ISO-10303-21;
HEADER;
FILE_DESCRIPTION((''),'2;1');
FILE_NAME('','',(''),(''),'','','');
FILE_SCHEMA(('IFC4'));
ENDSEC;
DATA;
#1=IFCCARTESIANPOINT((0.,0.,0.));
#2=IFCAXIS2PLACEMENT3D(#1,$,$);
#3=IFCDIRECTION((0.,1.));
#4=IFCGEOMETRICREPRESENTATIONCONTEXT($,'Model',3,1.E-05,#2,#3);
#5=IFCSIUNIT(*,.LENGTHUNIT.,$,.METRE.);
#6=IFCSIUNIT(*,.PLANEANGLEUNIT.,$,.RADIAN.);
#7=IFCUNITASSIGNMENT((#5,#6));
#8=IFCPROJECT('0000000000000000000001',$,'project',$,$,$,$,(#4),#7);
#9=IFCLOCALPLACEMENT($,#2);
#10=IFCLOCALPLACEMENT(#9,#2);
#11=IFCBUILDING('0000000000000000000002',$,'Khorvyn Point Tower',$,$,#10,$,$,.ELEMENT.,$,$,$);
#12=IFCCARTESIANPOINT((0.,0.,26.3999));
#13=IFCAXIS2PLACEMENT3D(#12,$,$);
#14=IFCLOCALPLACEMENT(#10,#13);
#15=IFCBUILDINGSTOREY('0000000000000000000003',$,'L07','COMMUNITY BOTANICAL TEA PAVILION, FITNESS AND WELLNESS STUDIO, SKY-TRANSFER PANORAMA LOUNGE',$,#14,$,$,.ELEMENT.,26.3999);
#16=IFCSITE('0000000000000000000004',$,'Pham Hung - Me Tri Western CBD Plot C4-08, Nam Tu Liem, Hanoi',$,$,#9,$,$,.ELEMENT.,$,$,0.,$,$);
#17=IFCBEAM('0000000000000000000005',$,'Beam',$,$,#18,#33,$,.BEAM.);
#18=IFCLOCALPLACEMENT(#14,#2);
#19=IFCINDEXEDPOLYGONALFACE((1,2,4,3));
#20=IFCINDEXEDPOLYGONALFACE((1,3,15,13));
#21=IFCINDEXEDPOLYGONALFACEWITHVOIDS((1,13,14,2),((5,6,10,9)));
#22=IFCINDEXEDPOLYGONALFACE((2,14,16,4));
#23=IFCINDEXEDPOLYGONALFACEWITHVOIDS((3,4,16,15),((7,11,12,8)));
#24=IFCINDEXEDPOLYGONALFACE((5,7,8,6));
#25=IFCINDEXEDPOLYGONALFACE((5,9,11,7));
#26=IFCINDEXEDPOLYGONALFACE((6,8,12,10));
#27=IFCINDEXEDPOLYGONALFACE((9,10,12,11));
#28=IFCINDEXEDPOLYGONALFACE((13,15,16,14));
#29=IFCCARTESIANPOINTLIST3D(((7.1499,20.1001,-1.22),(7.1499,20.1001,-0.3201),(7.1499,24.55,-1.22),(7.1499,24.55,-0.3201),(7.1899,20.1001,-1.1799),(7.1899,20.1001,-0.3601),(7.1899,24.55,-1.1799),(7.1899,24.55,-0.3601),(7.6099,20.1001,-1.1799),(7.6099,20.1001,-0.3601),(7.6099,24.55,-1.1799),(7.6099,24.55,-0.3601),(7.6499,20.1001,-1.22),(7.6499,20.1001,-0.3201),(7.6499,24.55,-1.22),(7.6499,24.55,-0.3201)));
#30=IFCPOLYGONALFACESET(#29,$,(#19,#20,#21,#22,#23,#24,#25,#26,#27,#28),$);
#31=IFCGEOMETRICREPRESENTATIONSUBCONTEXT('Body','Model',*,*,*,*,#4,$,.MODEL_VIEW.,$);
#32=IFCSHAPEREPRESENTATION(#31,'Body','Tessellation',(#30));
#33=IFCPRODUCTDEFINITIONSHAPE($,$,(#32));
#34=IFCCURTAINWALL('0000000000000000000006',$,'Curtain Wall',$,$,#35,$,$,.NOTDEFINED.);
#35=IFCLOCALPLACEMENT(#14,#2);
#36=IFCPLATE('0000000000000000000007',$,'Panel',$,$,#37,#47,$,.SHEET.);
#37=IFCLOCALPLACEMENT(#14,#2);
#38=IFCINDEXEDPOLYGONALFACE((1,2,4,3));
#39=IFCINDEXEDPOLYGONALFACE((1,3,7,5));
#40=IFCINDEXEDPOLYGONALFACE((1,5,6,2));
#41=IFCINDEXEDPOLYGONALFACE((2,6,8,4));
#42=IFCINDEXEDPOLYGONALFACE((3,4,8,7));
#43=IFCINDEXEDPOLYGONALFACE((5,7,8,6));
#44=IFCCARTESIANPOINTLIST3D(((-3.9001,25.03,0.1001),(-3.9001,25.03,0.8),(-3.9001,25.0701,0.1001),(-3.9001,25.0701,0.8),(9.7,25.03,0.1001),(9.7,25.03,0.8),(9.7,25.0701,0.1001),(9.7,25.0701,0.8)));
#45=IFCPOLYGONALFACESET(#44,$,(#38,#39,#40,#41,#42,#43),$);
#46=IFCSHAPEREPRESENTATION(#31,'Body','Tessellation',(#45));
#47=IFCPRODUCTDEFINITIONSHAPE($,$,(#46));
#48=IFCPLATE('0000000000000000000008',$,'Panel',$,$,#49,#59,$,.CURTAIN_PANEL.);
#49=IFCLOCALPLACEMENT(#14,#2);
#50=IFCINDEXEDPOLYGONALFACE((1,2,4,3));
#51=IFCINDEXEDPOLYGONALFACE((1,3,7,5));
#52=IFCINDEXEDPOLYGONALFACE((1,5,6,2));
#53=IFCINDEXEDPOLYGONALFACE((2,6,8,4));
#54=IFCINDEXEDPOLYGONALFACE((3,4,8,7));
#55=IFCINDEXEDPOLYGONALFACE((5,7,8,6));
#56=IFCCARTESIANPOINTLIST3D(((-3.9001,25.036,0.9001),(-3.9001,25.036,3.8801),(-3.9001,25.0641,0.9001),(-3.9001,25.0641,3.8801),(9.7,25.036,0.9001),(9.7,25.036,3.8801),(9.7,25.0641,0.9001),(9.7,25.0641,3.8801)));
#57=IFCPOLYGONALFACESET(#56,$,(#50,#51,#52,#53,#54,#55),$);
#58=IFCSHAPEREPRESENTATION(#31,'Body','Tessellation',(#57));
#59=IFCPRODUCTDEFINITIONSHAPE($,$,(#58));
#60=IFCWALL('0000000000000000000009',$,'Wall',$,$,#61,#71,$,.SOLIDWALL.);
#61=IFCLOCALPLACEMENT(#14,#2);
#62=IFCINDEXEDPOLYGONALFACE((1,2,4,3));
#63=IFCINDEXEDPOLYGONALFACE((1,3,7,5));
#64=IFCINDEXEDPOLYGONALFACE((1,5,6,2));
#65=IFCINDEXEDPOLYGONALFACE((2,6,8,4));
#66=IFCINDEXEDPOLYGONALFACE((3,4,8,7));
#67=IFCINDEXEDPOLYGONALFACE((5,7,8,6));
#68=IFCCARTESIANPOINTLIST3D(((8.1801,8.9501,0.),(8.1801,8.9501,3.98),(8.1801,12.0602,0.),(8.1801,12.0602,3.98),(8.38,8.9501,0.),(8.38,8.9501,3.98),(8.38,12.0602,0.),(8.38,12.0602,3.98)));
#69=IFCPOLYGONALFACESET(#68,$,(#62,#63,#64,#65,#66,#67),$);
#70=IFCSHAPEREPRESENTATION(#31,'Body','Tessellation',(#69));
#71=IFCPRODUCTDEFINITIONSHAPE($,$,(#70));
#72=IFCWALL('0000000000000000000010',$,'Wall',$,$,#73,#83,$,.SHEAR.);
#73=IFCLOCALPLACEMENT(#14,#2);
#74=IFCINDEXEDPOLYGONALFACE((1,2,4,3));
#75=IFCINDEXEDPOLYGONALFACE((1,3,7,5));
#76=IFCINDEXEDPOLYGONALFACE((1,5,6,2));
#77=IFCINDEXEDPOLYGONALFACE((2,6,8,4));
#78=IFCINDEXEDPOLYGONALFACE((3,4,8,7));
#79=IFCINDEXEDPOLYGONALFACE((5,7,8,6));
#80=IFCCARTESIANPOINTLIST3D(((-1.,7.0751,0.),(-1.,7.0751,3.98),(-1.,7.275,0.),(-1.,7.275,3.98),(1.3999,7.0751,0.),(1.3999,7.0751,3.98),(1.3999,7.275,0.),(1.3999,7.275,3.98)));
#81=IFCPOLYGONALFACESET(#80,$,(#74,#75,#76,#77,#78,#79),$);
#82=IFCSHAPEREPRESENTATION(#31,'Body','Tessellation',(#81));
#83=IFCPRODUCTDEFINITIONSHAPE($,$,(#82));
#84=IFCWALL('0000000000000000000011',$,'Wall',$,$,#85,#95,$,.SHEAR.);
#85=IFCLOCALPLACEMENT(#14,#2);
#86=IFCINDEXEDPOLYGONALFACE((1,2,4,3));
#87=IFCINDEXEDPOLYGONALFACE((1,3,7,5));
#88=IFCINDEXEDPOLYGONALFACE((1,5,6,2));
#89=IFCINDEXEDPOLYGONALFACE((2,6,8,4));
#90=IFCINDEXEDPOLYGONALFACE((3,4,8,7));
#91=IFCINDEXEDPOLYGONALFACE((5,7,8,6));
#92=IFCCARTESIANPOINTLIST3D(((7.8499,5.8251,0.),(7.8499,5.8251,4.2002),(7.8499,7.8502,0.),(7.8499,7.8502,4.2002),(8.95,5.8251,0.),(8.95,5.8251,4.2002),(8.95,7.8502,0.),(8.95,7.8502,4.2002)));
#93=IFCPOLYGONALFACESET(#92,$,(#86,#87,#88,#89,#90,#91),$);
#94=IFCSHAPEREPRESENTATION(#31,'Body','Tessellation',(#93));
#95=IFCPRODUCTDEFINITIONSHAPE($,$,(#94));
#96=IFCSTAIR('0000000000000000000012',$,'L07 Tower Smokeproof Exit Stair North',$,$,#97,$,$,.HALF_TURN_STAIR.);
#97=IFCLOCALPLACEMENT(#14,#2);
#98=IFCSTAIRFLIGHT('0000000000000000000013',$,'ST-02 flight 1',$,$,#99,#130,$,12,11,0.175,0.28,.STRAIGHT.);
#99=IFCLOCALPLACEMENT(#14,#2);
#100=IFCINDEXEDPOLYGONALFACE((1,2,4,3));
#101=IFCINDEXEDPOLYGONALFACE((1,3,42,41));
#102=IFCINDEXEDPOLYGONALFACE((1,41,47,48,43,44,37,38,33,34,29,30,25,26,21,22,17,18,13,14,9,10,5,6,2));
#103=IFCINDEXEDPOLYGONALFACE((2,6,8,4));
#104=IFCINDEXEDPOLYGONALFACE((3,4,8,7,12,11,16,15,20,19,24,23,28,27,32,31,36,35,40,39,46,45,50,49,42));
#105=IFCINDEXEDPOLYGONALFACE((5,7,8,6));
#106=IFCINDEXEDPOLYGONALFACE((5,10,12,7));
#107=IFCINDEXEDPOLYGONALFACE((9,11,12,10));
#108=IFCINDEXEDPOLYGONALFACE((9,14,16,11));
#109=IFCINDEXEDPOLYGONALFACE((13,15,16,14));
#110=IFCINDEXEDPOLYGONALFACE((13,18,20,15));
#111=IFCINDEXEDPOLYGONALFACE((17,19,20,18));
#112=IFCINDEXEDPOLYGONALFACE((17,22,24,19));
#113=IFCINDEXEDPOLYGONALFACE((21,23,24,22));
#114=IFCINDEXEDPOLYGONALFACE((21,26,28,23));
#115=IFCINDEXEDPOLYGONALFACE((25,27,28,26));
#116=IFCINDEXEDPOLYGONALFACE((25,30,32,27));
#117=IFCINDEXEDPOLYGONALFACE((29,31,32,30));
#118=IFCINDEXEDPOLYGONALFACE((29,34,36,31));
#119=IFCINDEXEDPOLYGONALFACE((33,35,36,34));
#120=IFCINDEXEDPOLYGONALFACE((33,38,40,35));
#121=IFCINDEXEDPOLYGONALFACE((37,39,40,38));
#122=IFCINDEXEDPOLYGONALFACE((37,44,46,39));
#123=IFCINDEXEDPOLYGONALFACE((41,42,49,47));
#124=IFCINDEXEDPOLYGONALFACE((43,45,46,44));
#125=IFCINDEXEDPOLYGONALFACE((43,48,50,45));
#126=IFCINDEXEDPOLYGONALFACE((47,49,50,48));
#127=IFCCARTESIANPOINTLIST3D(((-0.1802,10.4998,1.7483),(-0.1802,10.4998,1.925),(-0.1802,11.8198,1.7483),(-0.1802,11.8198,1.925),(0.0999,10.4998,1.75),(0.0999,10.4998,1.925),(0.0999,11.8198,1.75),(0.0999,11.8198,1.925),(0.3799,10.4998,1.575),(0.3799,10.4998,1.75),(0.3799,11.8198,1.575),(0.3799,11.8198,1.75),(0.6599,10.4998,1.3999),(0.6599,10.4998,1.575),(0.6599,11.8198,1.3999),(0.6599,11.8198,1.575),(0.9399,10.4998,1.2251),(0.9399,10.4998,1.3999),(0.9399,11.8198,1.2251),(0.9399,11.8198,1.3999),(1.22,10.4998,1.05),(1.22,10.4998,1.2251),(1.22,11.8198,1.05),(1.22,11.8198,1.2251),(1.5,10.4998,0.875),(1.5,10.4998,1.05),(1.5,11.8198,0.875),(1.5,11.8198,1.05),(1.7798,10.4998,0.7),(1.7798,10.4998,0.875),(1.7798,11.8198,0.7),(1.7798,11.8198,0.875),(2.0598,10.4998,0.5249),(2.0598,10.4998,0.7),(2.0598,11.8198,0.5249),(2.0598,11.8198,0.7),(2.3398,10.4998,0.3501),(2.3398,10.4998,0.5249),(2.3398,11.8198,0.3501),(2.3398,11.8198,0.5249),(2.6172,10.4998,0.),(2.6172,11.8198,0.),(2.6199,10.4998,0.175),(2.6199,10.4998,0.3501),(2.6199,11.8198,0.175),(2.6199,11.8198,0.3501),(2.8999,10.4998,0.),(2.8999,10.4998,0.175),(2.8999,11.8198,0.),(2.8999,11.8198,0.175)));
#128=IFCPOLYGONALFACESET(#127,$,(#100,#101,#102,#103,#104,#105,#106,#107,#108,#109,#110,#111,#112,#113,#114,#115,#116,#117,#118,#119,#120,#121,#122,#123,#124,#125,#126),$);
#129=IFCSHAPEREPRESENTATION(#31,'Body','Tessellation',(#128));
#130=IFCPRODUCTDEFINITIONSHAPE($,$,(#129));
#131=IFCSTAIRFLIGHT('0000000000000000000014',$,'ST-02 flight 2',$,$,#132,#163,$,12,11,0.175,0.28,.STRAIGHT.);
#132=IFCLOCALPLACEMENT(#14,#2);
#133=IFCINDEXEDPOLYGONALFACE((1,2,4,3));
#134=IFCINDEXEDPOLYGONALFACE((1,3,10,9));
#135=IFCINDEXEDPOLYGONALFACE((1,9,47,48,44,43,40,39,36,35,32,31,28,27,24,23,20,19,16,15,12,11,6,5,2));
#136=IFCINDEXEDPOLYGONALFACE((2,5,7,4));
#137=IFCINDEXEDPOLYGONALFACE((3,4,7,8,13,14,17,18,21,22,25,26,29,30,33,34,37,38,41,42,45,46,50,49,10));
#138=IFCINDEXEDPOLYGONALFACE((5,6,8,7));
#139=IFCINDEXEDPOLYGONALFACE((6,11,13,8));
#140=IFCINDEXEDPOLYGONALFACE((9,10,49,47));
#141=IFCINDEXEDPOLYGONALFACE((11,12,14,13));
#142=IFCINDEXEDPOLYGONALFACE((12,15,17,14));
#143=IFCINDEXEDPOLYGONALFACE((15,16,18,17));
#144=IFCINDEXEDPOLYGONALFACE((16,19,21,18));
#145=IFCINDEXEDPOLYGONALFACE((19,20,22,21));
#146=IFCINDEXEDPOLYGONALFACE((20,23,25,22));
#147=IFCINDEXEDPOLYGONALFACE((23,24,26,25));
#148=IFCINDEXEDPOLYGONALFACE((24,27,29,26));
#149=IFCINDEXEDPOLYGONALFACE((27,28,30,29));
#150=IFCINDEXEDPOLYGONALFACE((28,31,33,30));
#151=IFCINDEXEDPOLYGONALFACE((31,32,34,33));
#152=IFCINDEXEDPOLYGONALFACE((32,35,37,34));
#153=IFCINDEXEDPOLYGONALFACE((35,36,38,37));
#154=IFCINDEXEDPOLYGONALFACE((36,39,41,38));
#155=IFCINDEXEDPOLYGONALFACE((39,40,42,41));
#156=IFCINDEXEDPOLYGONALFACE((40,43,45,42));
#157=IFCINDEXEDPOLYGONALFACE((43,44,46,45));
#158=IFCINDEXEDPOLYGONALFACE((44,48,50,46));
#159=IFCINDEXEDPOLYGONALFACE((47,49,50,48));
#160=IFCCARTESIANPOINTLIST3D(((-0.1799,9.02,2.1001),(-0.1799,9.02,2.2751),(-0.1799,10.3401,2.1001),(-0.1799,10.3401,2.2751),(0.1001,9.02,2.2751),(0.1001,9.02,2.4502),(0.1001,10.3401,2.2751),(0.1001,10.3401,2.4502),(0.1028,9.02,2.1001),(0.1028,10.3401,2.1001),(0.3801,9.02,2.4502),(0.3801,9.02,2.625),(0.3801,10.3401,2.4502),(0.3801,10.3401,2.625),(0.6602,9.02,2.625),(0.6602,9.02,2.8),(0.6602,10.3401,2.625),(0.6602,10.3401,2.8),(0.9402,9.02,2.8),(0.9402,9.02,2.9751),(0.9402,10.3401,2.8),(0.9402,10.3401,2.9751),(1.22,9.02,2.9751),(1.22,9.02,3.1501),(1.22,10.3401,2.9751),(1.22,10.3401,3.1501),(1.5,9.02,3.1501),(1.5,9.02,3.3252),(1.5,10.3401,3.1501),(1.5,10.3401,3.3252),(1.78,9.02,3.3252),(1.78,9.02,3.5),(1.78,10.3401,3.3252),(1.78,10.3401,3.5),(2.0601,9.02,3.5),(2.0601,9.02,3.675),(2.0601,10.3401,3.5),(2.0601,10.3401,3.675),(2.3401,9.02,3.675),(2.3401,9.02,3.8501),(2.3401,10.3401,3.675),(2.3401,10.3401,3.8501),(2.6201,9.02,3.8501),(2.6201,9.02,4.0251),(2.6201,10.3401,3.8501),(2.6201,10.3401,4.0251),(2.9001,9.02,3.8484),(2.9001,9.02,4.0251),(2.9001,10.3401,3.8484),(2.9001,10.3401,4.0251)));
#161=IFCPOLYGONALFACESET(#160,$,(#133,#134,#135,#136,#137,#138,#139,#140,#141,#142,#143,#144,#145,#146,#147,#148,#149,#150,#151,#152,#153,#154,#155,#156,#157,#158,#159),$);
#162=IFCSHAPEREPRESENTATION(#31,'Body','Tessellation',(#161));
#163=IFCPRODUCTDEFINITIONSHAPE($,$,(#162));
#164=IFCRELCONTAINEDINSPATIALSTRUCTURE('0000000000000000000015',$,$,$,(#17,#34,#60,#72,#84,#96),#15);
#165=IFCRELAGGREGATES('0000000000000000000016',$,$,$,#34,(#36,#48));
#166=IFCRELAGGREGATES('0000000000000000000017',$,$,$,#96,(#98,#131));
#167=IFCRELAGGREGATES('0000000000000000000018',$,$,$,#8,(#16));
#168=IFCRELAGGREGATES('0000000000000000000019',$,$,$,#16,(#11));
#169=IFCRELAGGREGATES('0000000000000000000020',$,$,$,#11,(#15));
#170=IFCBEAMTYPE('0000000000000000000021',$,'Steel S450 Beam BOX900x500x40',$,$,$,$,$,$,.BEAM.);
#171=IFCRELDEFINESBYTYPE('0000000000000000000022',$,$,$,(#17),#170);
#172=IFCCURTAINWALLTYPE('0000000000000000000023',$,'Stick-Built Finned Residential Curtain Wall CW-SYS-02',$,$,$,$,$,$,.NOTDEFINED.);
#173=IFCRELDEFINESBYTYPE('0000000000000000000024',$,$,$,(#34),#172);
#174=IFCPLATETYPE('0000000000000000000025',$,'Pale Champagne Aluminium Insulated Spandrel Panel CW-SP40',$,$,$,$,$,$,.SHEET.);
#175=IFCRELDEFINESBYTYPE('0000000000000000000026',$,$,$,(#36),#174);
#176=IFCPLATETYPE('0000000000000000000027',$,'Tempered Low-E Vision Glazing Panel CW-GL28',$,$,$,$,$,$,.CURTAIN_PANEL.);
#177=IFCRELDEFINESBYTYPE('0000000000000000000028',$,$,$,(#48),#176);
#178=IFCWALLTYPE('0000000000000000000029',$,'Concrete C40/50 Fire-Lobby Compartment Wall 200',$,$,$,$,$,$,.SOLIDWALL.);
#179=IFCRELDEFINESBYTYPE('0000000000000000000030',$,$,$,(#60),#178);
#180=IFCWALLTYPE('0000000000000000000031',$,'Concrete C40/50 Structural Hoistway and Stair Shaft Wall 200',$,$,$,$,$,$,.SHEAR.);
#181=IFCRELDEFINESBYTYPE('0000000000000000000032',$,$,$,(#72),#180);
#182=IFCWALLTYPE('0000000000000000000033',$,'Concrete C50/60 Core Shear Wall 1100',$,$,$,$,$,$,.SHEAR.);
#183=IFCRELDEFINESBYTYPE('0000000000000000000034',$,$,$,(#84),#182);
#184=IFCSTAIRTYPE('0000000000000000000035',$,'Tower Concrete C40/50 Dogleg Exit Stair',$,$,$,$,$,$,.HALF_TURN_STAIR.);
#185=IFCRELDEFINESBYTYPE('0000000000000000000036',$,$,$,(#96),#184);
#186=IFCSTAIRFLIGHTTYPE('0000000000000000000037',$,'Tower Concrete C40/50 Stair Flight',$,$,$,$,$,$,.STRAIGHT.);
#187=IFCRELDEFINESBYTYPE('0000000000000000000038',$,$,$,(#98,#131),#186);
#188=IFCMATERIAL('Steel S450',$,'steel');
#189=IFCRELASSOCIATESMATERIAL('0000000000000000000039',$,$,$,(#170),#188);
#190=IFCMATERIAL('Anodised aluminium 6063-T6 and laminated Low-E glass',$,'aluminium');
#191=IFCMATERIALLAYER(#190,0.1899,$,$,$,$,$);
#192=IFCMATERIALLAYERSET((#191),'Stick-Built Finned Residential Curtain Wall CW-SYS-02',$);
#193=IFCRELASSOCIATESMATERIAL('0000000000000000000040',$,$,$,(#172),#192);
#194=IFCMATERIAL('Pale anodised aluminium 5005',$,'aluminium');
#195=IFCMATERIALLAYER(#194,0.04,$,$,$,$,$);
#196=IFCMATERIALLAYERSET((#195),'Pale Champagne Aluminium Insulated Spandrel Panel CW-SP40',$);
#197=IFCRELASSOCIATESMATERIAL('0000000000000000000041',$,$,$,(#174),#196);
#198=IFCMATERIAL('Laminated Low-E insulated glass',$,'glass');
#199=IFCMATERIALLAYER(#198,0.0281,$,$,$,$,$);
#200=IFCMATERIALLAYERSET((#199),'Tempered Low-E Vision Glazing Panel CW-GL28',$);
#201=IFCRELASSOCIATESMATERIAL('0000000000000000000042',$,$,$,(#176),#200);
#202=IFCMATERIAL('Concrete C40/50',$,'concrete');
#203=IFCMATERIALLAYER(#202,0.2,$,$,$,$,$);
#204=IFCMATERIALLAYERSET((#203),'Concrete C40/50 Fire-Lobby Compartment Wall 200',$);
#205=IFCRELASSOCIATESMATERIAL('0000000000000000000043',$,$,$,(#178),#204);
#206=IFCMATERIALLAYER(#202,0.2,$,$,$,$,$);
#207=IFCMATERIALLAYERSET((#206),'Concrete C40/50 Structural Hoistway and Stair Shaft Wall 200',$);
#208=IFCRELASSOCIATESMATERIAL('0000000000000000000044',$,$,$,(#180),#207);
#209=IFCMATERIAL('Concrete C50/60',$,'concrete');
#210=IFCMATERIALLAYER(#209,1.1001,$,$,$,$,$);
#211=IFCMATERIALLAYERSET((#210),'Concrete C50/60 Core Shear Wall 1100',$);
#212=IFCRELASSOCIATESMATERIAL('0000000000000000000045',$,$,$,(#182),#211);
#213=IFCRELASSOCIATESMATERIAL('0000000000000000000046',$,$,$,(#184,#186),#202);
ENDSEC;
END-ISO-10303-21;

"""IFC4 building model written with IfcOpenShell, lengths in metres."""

from ifc_helpers import new_model, si_unit, direction, frame, frame_2d, origin, origin_2d, place, context, subcontext, project, spatial, polyline, rectangle, hollow_rectangle, outline, extrude, material, layer, layer_set, material_profile, profile_set, type_object, element, aggregate, save


model = new_model("IFC4")

# Units and contexts
model_context = context("Model", 3, precision=1e-05, world=origin(), true_north=direction((0.0, 1.0)))
body_context = subcontext(model_context, "Body", "Model", "MODEL_VIEW")
ifc_project = project(units=[si_unit("LENGTHUNIT", "METRE"), si_unit("PLANEANGLEUNIT", "RADIAN")], contexts=[model_context])

# Site, building, storey
site_placement = place(None, origin())
site = spatial("IfcSite", under=ifc_project, at=site_placement, Name="Pham Hung - Me Tri Western CBD Plot C4-08, Nam Tu Liem, Hanoi", CompositionType="ELEMENT", RefElevation=0.0)
building_placement = place(site_placement, origin())
building = spatial("IfcBuilding", under=site, at=building_placement, Name="Khorvyn Point Tower", CompositionType="ELEMENT")
storey_placement = place(building_placement, frame((0.0, 0.0, 26.3999)))
storey = spatial("IfcBuildingStorey", under=building, at=storey_placement, Name="L07", Description="COMMUNITY BOTANICAL TEA PAVILION, FITNESS AND WELLNESS STUDIO, SKY-TRANSFER PANORAMA LOUNGE", CompositionType="ELEMENT", Elevation=26.3999)

# Shared definitions
ifc_material_1 = material(Name="Concrete C50/60", Category="concrete")
ifc_material_2 = material(Name="Steel S450", Category="steel")

# Beam
ifc_material_profile_1 = material_profile(ifc_material_2, hollow_rectangle(XDim=0.5, YDim=0.8999, WallThickness=0.04, at=origin_2d()))
ifc_profile_set_1 = profile_set([ifc_material_profile_1], Name="Steel S450 BOX900x500x40")
beam_type_1 = type_object("IfcBeamType", Name="Steel S450 Beam BOX900x500x40", PredefinedType="BEAM", material=ifc_profile_set_1)
beam_1_placement = place(storey_placement, frame((7.3999, 20.1001, -0.77), z_axis=(0.0, 1.0, 0.0), x_axis=(-1.0, 0.0, 0.0)))
element("IfcBeam", 1, at=beam_1_placement, inside=storey, type_object=beam_type_1, Name="Beam", PredefinedType="BEAM", context=body_context, shape_type="SweptSolid", body=[
    extrude(hollow_rectangle(XDim=0.5, YDim=0.8999, WallThickness=0.04, at=origin_2d()), origin(), (0.0, 0.0, 1.0), 4.45),
])

# Curtain wall, plates
ifc_material_3 = material(Name="Anodised aluminium 6063-T6 and laminated Low-E glass", Category="aluminium")
ifc_layer_1 = layer(ifc_material_3, 0.1899)
ifc_layer_set_1 = layer_set([ifc_layer_1], Name="Stick-Built Finned Residential Curtain Wall CW-SYS-02")
curtain_wall_type = type_object("IfcCurtainWallType", Name="Stick-Built Finned Residential Curtain Wall CW-SYS-02", PredefinedType="NOTDEFINED", material=ifc_layer_set_1)
curtain_wall_placement = place(storey_placement, origin())
curtain_wall = element("IfcCurtainWall", 2, at=curtain_wall_placement, inside=storey, type_object=curtain_wall_type, Name="Curtain Wall", PredefinedType="NOTDEFINED")
ifc_material_4 = material(Name="Pale anodised aluminium 5005", Category="aluminium")
ifc_layer_2 = layer(ifc_material_4, 0.04)
ifc_layer_set_2 = layer_set([ifc_layer_2], Name="Pale Champagne Aluminium Insulated Spandrel Panel CW-SP40")
plate_type_1 = type_object("IfcPlateType", Name="Pale Champagne Aluminium Insulated Spandrel Panel CW-SP40", PredefinedType="SHEET", material=ifc_layer_set_2)
plate_1_placement = place(storey_placement, frame((2.8999, 25.05, 0.1001), z_axis=(0.0, 0.0, 1.0), x_axis=(1.0, 0.0, 0.0)))
plate_1 = element("IfcPlate", 3, at=plate_1_placement, type_object=plate_type_1, Name="Panel", PredefinedType="SHEET", context=body_context, shape_type="SweptSolid", body=[
    extrude(rectangle(XDim=13.6001, YDim=0.04, at=origin_2d()), origin(), (0.0, 0.0, 1.0), 0.7),
])
ifc_material_5 = material(Name="Laminated Low-E insulated glass", Category="glass")
ifc_layer_3 = layer(ifc_material_5, 0.0281)
ifc_layer_set_3 = layer_set([ifc_layer_3], Name="Tempered Low-E Vision Glazing Panel CW-GL28")
plate_type_2 = type_object("IfcPlateType", Name="Tempered Low-E Vision Glazing Panel CW-GL28", PredefinedType="CURTAIN_PANEL", material=ifc_layer_set_3)
plate_2_placement = place(storey_placement, frame((2.8999, 25.05, 0.9001), z_axis=(0.0, 0.0, 1.0), x_axis=(1.0, 0.0, 0.0)))
plate_2 = element("IfcPlate", 4, at=plate_2_placement, type_object=plate_type_2, Name="Panel", PredefinedType="CURTAIN_PANEL", context=body_context, shape_type="SweptSolid", body=[
    extrude(rectangle(XDim=13.6001, YDim=0.0281, at=origin_2d()), origin(), (0.0, 0.0, 1.0), 2.98),
])
aggregate(curtain_wall, [plate_1, plate_2])

# Shared definitions
ifc_material_6 = material(Name="Concrete C40/50", Category="concrete")
ifc_layer_4 = layer(ifc_material_6, 0.2)
ifc_layer_set_4 = layer_set([ifc_layer_4], Name="Concrete C40/50 Fire-Lobby Compartment Wall 200")
wall_type_1 = type_object("IfcWallType", Name="Concrete C40/50 Fire-Lobby Compartment Wall 200", PredefinedType="SOLIDWALL", material=ifc_layer_set_4)

# Wall
wall_1_placement = place(storey_placement, frame((8.28, 8.95, 0.0), z_axis=(0.0, 0.0, 1.0), x_axis=(0.0, 1.0, 0.0)))
element("IfcWall", 5, at=wall_1_placement, inside=storey, type_object=wall_type_1, Name="Wall", PredefinedType="SOLIDWALL", context=body_context, shape_type="SweptSolid", body=[
    extrude(rectangle(XDim=3.1101, YDim=0.2, at=frame_2d((1.5552, 0.0))), origin(), (0.0, 0.0, 1.0), 3.98),
])

# Walls
ifc_layer_5 = layer(ifc_material_6, 0.2)
ifc_layer_set_5 = layer_set([ifc_layer_5], Name="Concrete C40/50 Structural Hoistway and Stair Shaft Wall 200")
wall_type_2 = type_object("IfcWallType", Name="Concrete C40/50 Structural Hoistway and Stair Shaft Wall 200", PredefinedType="SHEAR", material=ifc_layer_set_5)
wall_2_placement = place(storey_placement, frame((-1.0, 7.175, 0.0), z_axis=(0.0, 0.0, 1.0), x_axis=(1.0, 0.0, 0.0)))
element("IfcWall", 6, at=wall_2_placement, inside=storey, type_object=wall_type_2, Name="Wall", PredefinedType="SHEAR", context=body_context, shape_type="SweptSolid", body=[
    extrude(rectangle(XDim=2.3999, YDim=0.2, at=frame_2d((1.2, 0.0))), origin(), (0.0, 0.0, 1.0), 3.98),
])
ifc_layer_6 = layer(ifc_material_1, 1.1001)
ifc_layer_set_6 = layer_set([ifc_layer_6], Name="Concrete C50/60 Core Shear Wall 1100")
wall_type_3 = type_object("IfcWallType", Name="Concrete C50/60 Core Shear Wall 1100", PredefinedType="SHEAR", material=ifc_layer_set_6)
wall_3_placement = place(storey_placement, frame((8.3999, 5.825, 0.0), z_axis=(0.0, 0.0, 1.0), x_axis=(0.0, 1.0, 0.0)))
element("IfcWall", 7, at=wall_3_placement, inside=storey, type_object=wall_type_3, Name="Wall", PredefinedType="SHEAR", context=body_context, shape_type="SweptSolid", body=[
    extrude(rectangle(XDim=2.0251, YDim=1.1001, at=frame_2d((1.0127, 0.0))), origin(), (0.0, 0.0, 1.0), 4.2002),
])

# Stair, stair flights
stair_type = type_object("IfcStairType", Name="Tower Concrete C40/50 Dogleg Exit Stair", PredefinedType="HALF_TURN_STAIR", material=ifc_material_6)
stair_placement = place(storey_placement, origin())
stair = element("IfcStair", 8, at=stair_placement, inside=storey, type_object=stair_type, Name="L07 Tower Smokeproof Exit Stair North", PredefinedType="HALF_TURN_STAIR")
stair_flight_type = type_object("IfcStairFlightType", Name="Tower Concrete C40/50 Stair Flight", PredefinedType="STRAIGHT", material=ifc_material_6)
stair_flight_1_placement = place(storey_placement, frame((2.8999, 11.1599, 0.0), z_axis=(0.0, 0.0, 1.0), x_axis=(-1.0, 0.0, 0.0)))
stair_flight_1 = element("IfcStairFlight", 9, at=stair_flight_1_placement, type_object=stair_flight_type, Name="ST-02 flight 1", NumberOfRisers=12, NumberOfTreads=11, PredefinedType="STRAIGHT", RiserHeight=0.175, TreadLength=0.28, context=body_context, shape_type="SweptSolid", body=[
    extrude(outline(polyline([(0.0, 0.0), (0.0, 0.175), (0.28, 0.175), (0.28, 0.3501), (0.5601, 0.3501), (0.5601, 0.5249), (0.8401, 0.5249), (0.8401, 0.7), (1.1201, 0.7), (1.1201, 0.875), (1.3999, 0.875), (1.3999, 1.05), (1.6799, 1.05), (1.6799, 1.2251), (1.96, 1.2251), (1.96, 1.3999), (2.24, 1.3999), (2.24, 1.575), (2.52, 1.575), (2.52, 1.75), (2.8, 1.75), (2.8, 1.925), (3.0801, 1.925), (3.0801, 2.1001), (3.0801, 1.7483), (0.2827, 0.0), (0.0, 0.0)])), frame((0.0, 0.6602, 0.0), z_axis=(0.0, -1.0, 0.0), x_axis=(1.0, 0.0, 0.0)), (0.0, 0.0, 1.0), 1.3201),
])
stair_flight_2_placement = place(storey_placement, frame((-0.1799, 9.6799, 2.1001), z_axis=(0.0, 0.0, 1.0), x_axis=(1.0, 0.0, 0.0)))
stair_flight_2 = element("IfcStairFlight", 10, at=stair_flight_2_placement, type_object=stair_flight_type, Name="ST-02 flight 2", NumberOfRisers=12, NumberOfTreads=11, PredefinedType="STRAIGHT", RiserHeight=0.175, TreadLength=0.28, context=body_context, shape_type="SweptSolid", body=[
    extrude(outline(polyline([(0.0, 0.0), (0.0, 0.175), (0.28, 0.175), (0.28, 0.3501), (0.5601, 0.3501), (0.5601, 0.5249), (0.8401, 0.5249), (0.8401, 0.7), (1.1201, 0.7), (1.1201, 0.875), (1.3999, 0.875), (1.3999, 1.05), (1.6799, 1.05), (1.6799, 1.2251), (1.96, 1.2251), (1.96, 1.3999), (2.24, 1.3999), (2.24, 1.575), (2.52, 1.575), (2.52, 1.75), (2.8, 1.75), (2.8, 1.925), (3.0801, 1.925), (3.0801, 2.1001), (3.0801, 1.7483), (0.2827, 0.0), (0.0, 0.0)])), frame((0.0, 0.6602, 0.0), z_axis=(0.0, -1.0, 0.0), x_axis=(1.0, 0.0, 0.0)), (0.0, 0.0, 1.0), 1.3201),
])
aggregate(stair, [stair_flight_1, stair_flight_2])

save(model, "model.ifc")
